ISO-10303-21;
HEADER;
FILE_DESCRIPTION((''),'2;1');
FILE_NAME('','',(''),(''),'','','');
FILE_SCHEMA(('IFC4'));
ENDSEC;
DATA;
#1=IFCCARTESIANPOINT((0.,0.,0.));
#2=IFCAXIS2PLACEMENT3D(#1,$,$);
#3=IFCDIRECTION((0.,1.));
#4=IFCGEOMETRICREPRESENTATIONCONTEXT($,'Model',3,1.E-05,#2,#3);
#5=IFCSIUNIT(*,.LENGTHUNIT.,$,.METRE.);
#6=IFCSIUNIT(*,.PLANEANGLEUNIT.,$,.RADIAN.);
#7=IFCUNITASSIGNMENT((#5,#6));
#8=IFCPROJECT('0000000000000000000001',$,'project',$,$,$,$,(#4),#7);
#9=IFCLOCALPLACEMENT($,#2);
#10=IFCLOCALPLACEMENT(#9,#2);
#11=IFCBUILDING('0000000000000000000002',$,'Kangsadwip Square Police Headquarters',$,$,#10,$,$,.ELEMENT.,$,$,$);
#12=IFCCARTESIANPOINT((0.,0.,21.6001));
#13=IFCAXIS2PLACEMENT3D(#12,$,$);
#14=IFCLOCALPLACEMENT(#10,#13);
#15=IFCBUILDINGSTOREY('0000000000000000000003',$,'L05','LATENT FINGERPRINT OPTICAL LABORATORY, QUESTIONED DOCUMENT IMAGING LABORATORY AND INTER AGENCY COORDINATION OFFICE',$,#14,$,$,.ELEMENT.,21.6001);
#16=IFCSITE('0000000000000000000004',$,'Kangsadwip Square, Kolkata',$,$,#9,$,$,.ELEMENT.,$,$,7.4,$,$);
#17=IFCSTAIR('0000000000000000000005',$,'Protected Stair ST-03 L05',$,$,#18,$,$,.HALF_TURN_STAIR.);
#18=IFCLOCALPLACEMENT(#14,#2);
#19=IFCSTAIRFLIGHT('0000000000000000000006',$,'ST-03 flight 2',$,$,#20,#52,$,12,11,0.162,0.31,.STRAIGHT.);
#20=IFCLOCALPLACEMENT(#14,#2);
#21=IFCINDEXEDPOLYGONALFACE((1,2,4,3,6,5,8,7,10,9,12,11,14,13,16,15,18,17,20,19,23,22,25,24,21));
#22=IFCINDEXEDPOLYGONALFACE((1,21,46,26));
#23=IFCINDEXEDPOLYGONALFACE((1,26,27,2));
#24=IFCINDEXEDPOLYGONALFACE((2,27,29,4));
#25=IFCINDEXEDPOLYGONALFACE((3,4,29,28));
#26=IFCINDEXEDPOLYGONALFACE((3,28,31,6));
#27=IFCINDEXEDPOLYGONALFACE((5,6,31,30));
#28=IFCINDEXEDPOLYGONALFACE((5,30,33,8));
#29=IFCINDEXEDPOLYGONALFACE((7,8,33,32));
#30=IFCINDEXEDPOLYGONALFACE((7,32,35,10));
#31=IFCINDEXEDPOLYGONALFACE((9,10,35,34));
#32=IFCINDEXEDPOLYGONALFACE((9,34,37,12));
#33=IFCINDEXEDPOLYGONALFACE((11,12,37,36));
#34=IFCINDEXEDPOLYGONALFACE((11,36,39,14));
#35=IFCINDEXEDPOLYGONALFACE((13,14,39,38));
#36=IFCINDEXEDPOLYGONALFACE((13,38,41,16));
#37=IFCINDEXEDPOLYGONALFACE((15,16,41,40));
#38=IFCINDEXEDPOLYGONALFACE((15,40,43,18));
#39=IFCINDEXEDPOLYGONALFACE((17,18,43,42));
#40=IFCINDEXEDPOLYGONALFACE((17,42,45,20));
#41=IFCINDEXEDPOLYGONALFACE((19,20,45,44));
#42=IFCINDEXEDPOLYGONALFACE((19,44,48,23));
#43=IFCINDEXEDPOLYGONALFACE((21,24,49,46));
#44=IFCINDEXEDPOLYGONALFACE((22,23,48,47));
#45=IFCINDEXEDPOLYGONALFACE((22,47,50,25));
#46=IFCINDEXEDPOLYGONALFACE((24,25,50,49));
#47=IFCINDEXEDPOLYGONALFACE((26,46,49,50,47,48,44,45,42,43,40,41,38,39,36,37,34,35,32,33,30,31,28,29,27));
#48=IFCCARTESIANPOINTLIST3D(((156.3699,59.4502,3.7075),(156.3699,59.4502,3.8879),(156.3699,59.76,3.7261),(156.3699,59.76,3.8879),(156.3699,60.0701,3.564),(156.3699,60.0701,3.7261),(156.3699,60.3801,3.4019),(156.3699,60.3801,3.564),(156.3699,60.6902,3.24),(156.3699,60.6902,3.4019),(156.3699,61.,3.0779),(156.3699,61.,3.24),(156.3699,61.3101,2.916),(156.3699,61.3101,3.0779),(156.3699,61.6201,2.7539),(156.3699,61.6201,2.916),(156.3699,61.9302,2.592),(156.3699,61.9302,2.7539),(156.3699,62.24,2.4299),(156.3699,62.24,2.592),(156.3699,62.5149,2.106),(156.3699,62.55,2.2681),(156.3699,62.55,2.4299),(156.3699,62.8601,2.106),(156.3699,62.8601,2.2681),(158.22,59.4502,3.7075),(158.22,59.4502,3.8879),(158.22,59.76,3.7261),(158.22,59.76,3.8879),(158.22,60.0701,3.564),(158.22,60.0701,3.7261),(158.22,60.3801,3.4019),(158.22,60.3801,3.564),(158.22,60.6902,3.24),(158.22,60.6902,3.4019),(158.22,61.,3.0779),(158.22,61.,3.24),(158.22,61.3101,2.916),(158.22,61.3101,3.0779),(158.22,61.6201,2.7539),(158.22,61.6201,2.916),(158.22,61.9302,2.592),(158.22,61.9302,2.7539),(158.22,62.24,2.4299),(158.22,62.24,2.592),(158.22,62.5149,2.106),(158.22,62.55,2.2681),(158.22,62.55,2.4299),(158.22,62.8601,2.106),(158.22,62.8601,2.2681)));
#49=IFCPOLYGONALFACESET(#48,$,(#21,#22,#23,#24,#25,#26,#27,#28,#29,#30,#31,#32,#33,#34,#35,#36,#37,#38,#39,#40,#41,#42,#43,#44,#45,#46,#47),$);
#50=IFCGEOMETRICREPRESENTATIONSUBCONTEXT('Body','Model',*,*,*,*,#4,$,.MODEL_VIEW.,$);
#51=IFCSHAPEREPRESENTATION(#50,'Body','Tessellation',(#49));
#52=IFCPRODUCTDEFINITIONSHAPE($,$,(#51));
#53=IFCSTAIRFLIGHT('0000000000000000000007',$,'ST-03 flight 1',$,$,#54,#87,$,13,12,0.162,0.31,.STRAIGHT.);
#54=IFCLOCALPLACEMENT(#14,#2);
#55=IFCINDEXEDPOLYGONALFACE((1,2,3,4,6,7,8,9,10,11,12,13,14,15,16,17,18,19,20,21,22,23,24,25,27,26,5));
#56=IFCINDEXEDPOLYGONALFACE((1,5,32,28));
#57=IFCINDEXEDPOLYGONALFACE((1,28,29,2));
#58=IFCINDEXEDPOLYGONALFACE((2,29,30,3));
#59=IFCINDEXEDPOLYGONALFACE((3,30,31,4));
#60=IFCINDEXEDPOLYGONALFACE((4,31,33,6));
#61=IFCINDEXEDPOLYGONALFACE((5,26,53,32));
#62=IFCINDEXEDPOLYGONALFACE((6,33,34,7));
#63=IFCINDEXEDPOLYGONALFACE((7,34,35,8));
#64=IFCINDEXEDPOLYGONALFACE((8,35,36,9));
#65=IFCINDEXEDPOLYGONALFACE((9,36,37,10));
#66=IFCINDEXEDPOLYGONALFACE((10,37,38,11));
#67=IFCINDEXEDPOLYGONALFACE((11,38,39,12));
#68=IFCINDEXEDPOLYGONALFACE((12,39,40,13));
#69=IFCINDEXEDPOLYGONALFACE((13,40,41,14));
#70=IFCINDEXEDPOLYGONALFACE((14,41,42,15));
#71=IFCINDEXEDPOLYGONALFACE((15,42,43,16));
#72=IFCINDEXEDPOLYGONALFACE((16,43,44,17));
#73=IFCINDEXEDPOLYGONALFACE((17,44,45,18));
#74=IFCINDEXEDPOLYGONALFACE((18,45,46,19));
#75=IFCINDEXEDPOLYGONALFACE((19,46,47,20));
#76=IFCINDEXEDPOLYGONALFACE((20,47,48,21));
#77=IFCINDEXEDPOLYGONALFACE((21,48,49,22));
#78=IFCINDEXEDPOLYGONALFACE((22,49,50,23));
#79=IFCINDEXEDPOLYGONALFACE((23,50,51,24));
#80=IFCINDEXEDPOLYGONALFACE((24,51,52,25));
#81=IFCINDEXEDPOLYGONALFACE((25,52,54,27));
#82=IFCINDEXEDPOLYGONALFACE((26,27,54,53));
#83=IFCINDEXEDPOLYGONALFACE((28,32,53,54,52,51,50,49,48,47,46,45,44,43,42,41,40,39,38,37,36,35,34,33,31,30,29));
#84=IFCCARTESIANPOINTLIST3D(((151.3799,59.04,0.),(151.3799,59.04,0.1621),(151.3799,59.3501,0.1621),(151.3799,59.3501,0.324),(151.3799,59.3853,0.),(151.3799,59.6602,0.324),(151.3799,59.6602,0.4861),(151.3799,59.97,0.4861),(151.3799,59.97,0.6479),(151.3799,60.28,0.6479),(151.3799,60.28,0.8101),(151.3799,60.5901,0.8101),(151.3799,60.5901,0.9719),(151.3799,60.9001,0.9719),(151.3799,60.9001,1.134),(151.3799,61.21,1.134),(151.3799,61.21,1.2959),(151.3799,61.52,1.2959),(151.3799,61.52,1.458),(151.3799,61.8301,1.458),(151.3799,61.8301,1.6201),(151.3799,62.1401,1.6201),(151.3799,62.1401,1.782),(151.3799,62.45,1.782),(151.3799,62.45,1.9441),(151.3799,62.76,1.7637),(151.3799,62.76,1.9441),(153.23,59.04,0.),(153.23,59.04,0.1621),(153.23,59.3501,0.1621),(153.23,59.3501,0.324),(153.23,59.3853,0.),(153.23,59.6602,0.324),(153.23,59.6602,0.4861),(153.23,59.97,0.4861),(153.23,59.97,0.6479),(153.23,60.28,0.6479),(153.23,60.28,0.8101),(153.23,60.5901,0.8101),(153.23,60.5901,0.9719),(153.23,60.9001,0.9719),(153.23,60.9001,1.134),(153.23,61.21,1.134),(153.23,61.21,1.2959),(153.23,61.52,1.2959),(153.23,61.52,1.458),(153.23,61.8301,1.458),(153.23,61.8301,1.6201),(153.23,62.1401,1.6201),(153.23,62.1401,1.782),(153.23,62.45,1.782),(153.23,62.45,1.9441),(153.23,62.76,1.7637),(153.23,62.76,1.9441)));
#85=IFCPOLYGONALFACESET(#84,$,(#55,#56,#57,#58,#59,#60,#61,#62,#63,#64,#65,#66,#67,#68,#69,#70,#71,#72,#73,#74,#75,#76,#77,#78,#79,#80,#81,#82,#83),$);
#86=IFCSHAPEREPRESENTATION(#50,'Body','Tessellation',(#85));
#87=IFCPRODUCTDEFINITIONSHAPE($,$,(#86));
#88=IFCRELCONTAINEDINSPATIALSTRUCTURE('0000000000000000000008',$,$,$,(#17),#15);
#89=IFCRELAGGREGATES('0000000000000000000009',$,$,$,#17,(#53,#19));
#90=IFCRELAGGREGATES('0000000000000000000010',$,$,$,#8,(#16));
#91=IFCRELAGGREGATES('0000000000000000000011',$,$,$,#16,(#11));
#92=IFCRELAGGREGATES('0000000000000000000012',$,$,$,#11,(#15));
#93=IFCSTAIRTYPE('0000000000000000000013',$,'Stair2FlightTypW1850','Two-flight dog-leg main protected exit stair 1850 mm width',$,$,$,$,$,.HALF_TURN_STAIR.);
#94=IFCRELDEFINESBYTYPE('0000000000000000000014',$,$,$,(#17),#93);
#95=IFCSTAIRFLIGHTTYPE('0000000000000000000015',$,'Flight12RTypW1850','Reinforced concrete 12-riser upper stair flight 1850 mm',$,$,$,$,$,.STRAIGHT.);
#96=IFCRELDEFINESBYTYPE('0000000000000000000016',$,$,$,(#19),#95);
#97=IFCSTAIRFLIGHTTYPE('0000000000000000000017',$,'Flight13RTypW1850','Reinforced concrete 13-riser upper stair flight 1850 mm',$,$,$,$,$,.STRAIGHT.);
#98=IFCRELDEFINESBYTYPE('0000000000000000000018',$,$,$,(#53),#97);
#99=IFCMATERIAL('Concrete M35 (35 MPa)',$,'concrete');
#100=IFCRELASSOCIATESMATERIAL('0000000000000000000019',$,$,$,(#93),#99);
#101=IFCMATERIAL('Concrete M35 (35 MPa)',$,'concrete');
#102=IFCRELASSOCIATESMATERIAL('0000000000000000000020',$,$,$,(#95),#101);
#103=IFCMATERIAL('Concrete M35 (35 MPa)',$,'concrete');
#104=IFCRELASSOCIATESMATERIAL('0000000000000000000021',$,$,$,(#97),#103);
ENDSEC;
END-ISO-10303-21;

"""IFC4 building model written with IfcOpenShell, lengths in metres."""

from ifc_helpers import new_model, si_unit, direction, frame, origin, place, context, subcontext, project, spatial, polyline, outline, extrude, material, type_object, element, aggregate, save


model = new_model("IFC4")

# Units and contexts
model_context = context("Model", 3, precision=1e-05, world=origin(), true_north=direction((0.0, 1.0)))
body_context = subcontext(model_context, "Body", "Model", "MODEL_VIEW")
ifc_project = project(units=[si_unit("LENGTHUNIT", "METRE"), si_unit("PLANEANGLEUNIT", "RADIAN")], contexts=[model_context])

# Site, building, storey
site_placement = place(None, origin())
site = spatial("IfcSite", under=ifc_project, at=site_placement, Name="Kangsadwip Square, Kolkata", CompositionType="ELEMENT", RefElevation=7.4)
building_placement = place(site_placement, origin())
building = spatial("IfcBuilding", under=site, at=building_placement, Name="Kangsadwip Square Police Headquarters", CompositionType="ELEMENT")
storey_placement = place(building_placement, frame((0.0, 0.0, 21.6001)))
storey = spatial("IfcBuildingStorey", under=building, at=storey_placement, Name="L05", Description="LATENT FINGERPRINT OPTICAL LABORATORY, QUESTIONED DOCUMENT IMAGING LABORATORY AND INTER AGENCY COORDINATION OFFICE", CompositionType="ELEMENT", Elevation=21.6001)

# Stair, stair flights
ifc_material_1 = material(Name="Concrete M35 (35 MPa)", Category="concrete")
stair_type = type_object("IfcStairType", Name="Stair2FlightTypW1850", Description="Two-flight dog-leg main protected exit stair 1850 mm width", PredefinedType="HALF_TURN_STAIR", material=ifc_material_1)
stair_placement = place(storey_placement, origin())
stair = element("IfcStair", 1, at=stair_placement, inside=storey, type_object=stair_type, Name="Protected Stair ST-03 L05", PredefinedType="HALF_TURN_STAIR")
ifc_material_2 = material(Name="Concrete M35 (35 MPa)", Category="concrete")
stair_flight_type_1 = type_object("IfcStairFlightType", Name="Flight12RTypW1850", Description="Reinforced concrete 12-riser upper stair flight 1850 mm", PredefinedType="STRAIGHT", material=ifc_material_2)
stair_flight_1_placement = place(storey_placement, frame((157.2949, 62.8601, 2.106), z_axis=(0.0, 0.0, 1.0), x_axis=(0.0, -1.0, 0.0)))
stair_flight_1 = element("IfcStairFlight", 2, at=stair_flight_1_placement, type_object=stair_flight_type_1, Name="ST-03 flight 2", NumberOfRisers=12, NumberOfTreads=11, PredefinedType="STRAIGHT", RiserHeight=0.162, TreadLength=0.31, context=body_context, shape_type="SweptSolid", body=[
    extrude(outline(polyline([(0.0, 0.0), (0.0, 0.1621), (0.3101, 0.1621), (0.3101, 0.324), (0.6201, 0.324), (0.6201, 0.4861), (0.9299, 0.4861), (0.9299, 0.6479), (1.24, 0.6479), (1.24, 0.8101), (1.55, 0.8101), (1.55, 0.9719), (1.8601, 0.9719), (1.8601, 1.134), (2.1699, 1.134), (2.1699, 1.2959), (2.48, 1.2959), (2.48, 1.458), (2.79, 1.458), (2.79, 1.6201), (3.1001, 1.6201), (3.1001, 1.782), (3.4099, 1.782), (3.4099, 1.9441), (3.4099, 1.6016), (0.3452, 0.0), (0.0, 0.0)])), frame((0.0, 0.925, 0.0), z_axis=(0.0, -1.0, 0.0), x_axis=(1.0, 0.0, 0.0)), (0.0, 0.0, 1.0), 1.8501),
])
ifc_material_3 = material(Name="Concrete M35 (35 MPa)", Category="concrete")
stair_flight_type_2 = type_object("IfcStairFlightType", Name="Flight13RTypW1850", Description="Reinforced concrete 13-riser upper stair flight 1850 mm", PredefinedType="STRAIGHT", material=ifc_material_3)
stair_flight_2_placement = place(storey_placement, frame((152.3049, 59.04, 0.0), z_axis=(0.0, 0.0, 1.0), x_axis=(0.0, 1.0, 0.0)))
stair_flight_2 = element("IfcStairFlight", 3, at=stair_flight_2_placement, type_object=stair_flight_type_2, Name="ST-03 flight 1", NumberOfRisers=13, NumberOfTreads=12, PredefinedType="STRAIGHT", RiserHeight=0.162, TreadLength=0.31, context=body_context, shape_type="SweptSolid", body=[
    extrude(outline(polyline([(0.0, 0.0), (0.0, 0.1621), (0.3101, 0.1621), (0.3101, 0.324), (0.6201, 0.324), (0.6201, 0.4861), (0.9299, 0.4861), (0.9299, 0.6479), (1.24, 0.6479), (1.24, 0.8101), (1.55, 0.8101), (1.55, 0.9719), (1.8601, 0.9719), (1.8601, 1.134), (2.1699, 1.134), (2.1699, 1.2959), (2.48, 1.2959), (2.48, 1.458), (2.79, 1.458), (2.79, 1.6201), (3.1001, 1.6201), (3.1001, 1.782), (3.4099, 1.782), (3.4099, 1.9441), (3.72, 1.9441), (3.72, 2.106), (3.72, 1.7637), (0.3452, 0.0), (0.0, 0.0)])), frame((0.0, 0.925, 0.0), z_axis=(0.0, -1.0, 0.0), x_axis=(1.0, 0.0, 0.0)), (0.0, 0.0, 1.0), 1.8501),
])
aggregate(stair, [stair_flight_2, stair_flight_1])

save(model, "model.ifc")
